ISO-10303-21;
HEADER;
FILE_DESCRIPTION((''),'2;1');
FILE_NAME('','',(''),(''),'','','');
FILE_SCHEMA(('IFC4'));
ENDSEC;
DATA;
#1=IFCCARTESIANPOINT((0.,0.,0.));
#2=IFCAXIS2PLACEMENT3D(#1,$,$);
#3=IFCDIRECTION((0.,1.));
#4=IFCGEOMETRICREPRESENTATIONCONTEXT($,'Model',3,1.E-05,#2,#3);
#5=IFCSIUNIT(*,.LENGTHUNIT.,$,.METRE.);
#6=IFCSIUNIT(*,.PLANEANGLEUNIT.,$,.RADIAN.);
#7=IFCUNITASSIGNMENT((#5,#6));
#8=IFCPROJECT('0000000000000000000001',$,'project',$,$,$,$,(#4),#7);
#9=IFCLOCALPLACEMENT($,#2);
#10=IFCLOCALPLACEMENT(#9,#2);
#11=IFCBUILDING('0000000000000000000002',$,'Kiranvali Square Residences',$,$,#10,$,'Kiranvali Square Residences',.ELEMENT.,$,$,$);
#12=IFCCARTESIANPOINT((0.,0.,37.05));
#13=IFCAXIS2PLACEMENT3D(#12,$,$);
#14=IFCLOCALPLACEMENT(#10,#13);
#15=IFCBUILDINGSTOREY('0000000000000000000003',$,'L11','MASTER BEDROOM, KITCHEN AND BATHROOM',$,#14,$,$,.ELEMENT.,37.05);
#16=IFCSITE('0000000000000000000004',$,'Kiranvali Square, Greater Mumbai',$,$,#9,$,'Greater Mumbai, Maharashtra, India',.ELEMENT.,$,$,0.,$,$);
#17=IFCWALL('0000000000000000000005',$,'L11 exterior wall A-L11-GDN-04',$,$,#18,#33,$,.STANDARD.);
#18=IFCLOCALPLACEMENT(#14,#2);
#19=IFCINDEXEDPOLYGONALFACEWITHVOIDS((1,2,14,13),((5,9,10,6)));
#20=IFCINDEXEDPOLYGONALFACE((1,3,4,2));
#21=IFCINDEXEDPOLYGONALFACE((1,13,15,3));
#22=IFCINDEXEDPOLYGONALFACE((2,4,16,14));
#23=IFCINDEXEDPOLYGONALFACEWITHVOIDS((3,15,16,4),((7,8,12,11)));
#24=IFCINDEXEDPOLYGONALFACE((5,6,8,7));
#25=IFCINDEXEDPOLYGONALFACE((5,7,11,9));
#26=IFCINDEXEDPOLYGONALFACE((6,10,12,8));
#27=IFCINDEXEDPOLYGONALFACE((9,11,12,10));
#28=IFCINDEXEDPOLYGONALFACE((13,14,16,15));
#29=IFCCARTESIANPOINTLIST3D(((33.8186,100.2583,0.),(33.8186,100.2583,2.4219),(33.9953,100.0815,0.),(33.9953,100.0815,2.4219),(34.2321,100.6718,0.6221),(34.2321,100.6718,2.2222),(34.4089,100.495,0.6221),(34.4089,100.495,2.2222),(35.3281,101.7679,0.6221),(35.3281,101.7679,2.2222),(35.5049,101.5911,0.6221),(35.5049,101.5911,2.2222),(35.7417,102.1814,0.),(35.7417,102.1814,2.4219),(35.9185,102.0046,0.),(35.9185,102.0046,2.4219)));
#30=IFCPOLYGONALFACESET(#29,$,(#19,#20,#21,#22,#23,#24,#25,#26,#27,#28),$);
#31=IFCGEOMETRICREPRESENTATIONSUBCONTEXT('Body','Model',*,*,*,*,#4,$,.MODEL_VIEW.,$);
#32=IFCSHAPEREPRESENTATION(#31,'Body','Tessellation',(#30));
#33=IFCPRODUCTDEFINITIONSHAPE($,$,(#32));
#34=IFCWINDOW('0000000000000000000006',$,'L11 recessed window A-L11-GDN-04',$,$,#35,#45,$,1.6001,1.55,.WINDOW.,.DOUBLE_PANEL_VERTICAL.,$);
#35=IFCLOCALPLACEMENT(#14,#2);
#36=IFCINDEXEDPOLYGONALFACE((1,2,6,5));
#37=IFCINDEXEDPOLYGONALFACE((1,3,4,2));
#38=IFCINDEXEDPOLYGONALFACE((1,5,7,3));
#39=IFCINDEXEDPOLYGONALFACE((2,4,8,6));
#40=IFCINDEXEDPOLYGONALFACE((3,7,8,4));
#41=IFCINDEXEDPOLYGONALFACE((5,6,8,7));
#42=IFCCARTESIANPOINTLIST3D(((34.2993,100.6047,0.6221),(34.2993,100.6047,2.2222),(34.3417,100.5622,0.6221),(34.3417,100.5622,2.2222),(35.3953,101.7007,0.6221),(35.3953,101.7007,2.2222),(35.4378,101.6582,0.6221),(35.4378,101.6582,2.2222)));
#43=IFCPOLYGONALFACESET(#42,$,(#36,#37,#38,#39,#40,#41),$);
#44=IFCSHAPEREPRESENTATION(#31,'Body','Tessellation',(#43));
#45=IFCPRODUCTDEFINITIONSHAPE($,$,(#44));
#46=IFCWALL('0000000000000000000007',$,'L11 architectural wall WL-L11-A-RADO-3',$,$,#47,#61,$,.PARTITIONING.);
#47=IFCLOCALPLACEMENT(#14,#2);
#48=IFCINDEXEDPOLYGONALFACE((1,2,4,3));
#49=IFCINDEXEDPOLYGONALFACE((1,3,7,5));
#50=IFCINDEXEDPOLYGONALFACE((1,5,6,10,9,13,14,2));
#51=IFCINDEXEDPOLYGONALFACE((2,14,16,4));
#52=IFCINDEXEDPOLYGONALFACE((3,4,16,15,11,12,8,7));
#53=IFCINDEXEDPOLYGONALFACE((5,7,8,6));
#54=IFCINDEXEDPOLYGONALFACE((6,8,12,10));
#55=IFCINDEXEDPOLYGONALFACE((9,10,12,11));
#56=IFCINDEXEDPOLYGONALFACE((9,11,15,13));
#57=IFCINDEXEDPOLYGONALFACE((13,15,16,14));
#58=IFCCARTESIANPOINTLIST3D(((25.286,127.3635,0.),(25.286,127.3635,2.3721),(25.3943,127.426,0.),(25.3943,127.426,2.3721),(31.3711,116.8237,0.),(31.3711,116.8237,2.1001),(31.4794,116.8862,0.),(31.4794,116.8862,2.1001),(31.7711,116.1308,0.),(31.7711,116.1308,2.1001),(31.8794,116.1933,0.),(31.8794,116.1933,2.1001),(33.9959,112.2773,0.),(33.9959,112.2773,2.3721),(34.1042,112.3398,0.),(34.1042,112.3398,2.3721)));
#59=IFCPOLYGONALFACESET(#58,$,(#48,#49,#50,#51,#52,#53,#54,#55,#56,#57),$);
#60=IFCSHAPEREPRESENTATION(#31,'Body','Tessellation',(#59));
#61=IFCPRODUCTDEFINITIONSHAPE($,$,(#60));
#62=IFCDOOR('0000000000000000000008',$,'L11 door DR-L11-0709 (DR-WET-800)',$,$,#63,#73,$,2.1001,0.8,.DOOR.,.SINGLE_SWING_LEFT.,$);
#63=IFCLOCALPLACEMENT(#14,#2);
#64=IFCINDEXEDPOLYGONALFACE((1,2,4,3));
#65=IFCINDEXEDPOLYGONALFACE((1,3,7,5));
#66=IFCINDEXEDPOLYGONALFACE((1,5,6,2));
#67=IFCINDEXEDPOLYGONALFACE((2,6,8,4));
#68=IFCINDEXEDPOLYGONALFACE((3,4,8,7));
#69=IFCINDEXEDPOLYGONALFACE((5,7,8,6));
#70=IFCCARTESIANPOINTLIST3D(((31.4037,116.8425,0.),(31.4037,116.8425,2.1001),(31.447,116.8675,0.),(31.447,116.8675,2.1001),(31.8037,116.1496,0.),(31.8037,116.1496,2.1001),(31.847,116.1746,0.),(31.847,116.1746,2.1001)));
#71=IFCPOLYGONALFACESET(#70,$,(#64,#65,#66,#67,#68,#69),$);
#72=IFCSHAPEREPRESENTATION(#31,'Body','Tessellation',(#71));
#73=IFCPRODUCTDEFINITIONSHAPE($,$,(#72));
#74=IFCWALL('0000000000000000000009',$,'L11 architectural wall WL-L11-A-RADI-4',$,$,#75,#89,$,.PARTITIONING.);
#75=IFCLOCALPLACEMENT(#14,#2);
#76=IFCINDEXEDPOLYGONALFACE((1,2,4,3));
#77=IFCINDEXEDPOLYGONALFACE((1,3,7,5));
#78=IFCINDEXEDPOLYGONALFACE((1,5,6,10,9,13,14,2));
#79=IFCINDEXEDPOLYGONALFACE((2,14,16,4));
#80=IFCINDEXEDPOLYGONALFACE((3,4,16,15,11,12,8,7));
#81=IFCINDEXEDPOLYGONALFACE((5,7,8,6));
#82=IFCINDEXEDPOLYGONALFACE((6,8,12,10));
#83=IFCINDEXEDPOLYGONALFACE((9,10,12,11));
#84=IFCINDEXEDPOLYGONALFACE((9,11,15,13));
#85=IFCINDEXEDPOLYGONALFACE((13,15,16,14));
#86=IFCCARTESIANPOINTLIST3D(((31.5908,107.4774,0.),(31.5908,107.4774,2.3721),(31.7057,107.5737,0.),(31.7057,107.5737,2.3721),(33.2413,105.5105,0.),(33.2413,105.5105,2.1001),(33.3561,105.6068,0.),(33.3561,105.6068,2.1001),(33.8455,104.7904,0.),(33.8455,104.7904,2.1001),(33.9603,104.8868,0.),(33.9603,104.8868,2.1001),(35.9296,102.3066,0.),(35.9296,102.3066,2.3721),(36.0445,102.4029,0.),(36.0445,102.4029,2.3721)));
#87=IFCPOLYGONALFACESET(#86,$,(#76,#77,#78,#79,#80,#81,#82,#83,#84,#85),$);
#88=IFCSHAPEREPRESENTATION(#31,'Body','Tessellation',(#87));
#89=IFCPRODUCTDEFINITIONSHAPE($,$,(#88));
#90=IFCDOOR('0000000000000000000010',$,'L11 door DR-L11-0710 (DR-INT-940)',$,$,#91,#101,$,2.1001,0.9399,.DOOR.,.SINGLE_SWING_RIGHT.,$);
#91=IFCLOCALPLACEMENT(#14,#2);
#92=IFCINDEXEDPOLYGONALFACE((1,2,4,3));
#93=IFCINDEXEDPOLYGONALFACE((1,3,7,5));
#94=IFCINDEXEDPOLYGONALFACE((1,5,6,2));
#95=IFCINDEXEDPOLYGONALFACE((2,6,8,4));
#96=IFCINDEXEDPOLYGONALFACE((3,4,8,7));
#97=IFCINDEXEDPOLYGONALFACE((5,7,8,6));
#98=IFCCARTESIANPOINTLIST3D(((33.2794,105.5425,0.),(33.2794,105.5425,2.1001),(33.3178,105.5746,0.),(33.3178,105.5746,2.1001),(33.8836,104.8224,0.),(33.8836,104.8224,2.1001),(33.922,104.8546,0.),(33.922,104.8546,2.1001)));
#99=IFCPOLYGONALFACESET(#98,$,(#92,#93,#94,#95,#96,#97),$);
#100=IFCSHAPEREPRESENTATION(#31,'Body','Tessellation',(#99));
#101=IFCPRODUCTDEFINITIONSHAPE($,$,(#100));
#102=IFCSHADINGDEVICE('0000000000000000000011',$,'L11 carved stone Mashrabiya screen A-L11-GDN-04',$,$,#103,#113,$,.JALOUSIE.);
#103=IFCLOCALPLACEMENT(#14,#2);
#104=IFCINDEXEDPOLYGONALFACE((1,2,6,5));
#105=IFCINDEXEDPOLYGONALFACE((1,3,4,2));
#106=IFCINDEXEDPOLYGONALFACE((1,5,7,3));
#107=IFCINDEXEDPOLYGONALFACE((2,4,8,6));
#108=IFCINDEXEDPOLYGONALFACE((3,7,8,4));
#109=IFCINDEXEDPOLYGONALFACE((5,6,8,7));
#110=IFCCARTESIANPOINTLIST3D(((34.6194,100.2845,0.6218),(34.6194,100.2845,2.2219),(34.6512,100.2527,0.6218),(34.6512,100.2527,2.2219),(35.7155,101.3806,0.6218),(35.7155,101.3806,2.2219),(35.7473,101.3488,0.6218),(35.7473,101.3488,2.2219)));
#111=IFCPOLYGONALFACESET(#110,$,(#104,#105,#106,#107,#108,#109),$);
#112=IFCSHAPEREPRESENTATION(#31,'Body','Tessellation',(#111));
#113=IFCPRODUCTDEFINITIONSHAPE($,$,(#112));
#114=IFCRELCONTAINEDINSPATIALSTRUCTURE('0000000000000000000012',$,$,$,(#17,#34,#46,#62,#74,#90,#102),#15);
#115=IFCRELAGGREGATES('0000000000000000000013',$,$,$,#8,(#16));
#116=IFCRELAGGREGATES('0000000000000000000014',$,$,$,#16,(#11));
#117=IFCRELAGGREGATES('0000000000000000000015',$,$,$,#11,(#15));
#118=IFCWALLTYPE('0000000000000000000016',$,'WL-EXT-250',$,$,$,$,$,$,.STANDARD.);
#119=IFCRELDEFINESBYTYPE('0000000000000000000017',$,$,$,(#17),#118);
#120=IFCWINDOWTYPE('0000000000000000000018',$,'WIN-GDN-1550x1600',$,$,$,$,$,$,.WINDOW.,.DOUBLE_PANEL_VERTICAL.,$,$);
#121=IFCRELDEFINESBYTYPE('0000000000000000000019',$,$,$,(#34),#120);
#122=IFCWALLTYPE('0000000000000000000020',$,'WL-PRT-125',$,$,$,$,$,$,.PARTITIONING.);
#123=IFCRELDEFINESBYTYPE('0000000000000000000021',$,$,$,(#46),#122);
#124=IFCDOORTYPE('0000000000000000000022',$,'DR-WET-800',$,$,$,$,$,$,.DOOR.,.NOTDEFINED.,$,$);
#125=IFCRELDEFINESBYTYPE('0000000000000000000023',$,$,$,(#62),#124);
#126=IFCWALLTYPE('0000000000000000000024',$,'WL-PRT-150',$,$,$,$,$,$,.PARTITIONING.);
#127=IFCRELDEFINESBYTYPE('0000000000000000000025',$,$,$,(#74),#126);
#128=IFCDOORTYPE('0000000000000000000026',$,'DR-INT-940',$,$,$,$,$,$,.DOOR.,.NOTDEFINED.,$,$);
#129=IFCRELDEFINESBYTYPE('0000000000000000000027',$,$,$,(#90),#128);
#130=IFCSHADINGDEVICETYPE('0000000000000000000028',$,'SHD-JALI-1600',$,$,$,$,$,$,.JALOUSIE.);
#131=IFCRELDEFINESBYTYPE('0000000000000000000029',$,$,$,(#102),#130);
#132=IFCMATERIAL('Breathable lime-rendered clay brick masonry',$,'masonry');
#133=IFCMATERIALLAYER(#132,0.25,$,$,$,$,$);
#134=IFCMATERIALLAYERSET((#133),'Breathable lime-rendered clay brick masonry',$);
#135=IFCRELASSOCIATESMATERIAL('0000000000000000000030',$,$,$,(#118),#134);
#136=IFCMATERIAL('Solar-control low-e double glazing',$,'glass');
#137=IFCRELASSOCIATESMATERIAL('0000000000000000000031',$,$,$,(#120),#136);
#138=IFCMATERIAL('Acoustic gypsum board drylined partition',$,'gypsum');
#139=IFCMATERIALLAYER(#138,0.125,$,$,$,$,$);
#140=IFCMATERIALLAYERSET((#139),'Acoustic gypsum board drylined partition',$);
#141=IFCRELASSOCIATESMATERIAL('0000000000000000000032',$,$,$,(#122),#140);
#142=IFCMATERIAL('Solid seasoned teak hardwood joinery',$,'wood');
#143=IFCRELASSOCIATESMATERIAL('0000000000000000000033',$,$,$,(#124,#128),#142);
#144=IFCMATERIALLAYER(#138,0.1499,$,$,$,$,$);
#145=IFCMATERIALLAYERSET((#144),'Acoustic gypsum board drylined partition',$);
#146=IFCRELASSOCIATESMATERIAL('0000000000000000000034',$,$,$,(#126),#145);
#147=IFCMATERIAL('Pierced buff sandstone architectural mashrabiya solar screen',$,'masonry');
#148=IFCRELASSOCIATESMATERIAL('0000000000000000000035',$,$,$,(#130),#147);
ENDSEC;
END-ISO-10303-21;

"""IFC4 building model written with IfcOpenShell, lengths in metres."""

from ifc_helpers import new_model, si_unit, direction, frame, frame_2d, origin, origin_2d, place, context, subcontext, project, spatial, rectangle, extrude, material, layer, layer_set, type_object, element, fill, save


model = new_model("IFC4")

# Units and contexts
model_context = context("Model", 3, precision=1e-05, world=origin(), true_north=direction((0.0, 1.0)))
body_context = subcontext(model_context, "Body", "Model", "MODEL_VIEW")
ifc_project = project(units=[si_unit("LENGTHUNIT", "METRE"), si_unit("PLANEANGLEUNIT", "RADIAN")], contexts=[model_context])

# Site, building, storey
site_placement = place(None, origin())
site = spatial("IfcSite", under=ifc_project, at=site_placement, Name="Kiranvali Square, Greater Mumbai", LongName="Greater Mumbai, Maharashtra, India", CompositionType="ELEMENT", RefElevation=0.0)
building_placement = place(site_placement, origin())
building = spatial("IfcBuilding", under=site, at=building_placement, Name="Kiranvali Square Residences", LongName="Kiranvali Square Residences", CompositionType="ELEMENT")
storey_placement = place(building_placement, frame((0.0, 0.0, 37.05)))
storey = spatial("IfcBuildingStorey", under=building, at=storey_placement, Name="L11", Description="MASTER BEDROOM, KITCHEN AND BATHROOM", CompositionType="ELEMENT", Elevation=37.05)

# Wall, opening, window
ifc_material_1 = material(Name="Breathable lime-rendered clay brick masonry", Category="masonry")
ifc_layer_1 = layer(ifc_material_1, 0.25)
ifc_layer_set_1 = layer_set([ifc_layer_1], Name="Breathable lime-rendered clay brick masonry")
wall_type_1 = type_object("IfcWallType", Name="WL-EXT-250", PredefinedType="STANDARD", material=ifc_layer_set_1)
wall_1_placement = place(storey_placement, frame((35.8301, 102.093, 0.0), z_axis=(0.0, 0.0, 1.0), x_axis=(-0.707107, -0.707107, 0.0)))
wall_1 = element("IfcWall", 1, at=wall_1_placement, inside=storey, type_object=wall_type_1, Name="L11 exterior wall A-L11-GDN-04", PredefinedType="STANDARD", context=body_context, shape_type="SweptSolid", body=[
    extrude(rectangle(XDim=2.7197, YDim=0.25, at=frame_2d((1.3599, 0.0))), origin(), (0.0, 0.0, 1.0), 2.4219),
])
opening_1_placement = place(wall_1_placement, frame((0.585, 0.0, 0.6221)))
opening_1 = element("IfcOpeningElement", 2, at=opening_1_placement, cuts=wall_1, PredefinedType="OPENING", context=body_context, shape_type="SweptSolid", body=[
    extrude(rectangle(XDim=1.55, YDim=1.6001, at=frame_2d((0.7749, 0.8))), frame((0.0, 0.135, 0.0), z_axis=(0.0, -1.0, 0.0), x_axis=(1.0, 0.0, 0.0)), (0.0, 0.0, 1.0), 0.27),
])
ifc_material_2 = material(Name="Solar-control low-e double glazing", Category="glass")
window_type = type_object("IfcWindowType", Name="WIN-GDN-1550x1600", PartitioningType="DOUBLE_PANEL_VERTICAL", PredefinedType="WINDOW", material=ifc_material_2)
window_placement = place(opening_1_placement, origin())
window = element("IfcWindow", 3, at=window_placement, inside=storey, type_object=window_type, Name="L11 recessed window A-L11-GDN-04", OverallHeight=1.6001, OverallWidth=1.55, PartitioningType="DOUBLE_PANEL_VERTICAL", PredefinedType="WINDOW", context=body_context, shape_type="SweptSolid", body=[
    extrude(rectangle(XDim=1.55, YDim=1.6001, at=frame_2d((0.7749, 0.8))), frame((0.0, 0.03, 0.0), z_axis=(0.0, -1.0, 0.0), x_axis=(1.0, 0.0, 0.0)), (0.0, 0.0, 1.0), 0.0601),
])
fill(opening_1, window)

# Walls, openings, doors
ifc_material_3 = material(Name="Acoustic gypsum board drylined partition", Category="gypsum")
ifc_layer_2 = layer(ifc_material_3, 0.125)
ifc_layer_set_2 = layer_set([ifc_layer_2], Name="Acoustic gypsum board drylined partition")
wall_type_2 = type_object("IfcWallType", Name="WL-PRT-125", PredefinedType="PARTITIONING", material=ifc_layer_set_2)
wall_2_placement = place(storey_placement, frame((34.05, 112.3086, 0.0), z_axis=(0.0, 0.0, 1.0), x_axis=(-0.499998, 0.866027, 0.0)))
wall_2 = element("IfcWall", 4, at=wall_2_placement, inside=storey, type_object=wall_type_2, Name="L11 architectural wall WL-L11-A-RADO-3", PredefinedType="PARTITIONING", context=body_context, shape_type="SweptSolid", body=[
    extrude(rectangle(XDim=17.4199, YDim=0.125, at=frame_2d((8.71, 0.0))), origin(), (0.0, 0.0, 1.0), 2.3721),
])
opening_2_placement = place(wall_2_placement, frame((4.4497, 0.0, 0.0)))
opening_2 = element("IfcOpeningElement", 5, at=opening_2_placement, cuts=wall_2, PredefinedType="OPENING", context=body_context, shape_type="SweptSolid", body=[
    extrude(rectangle(XDim=0.8, YDim=2.1001, at=frame_2d((0.3999, 1.05))), frame((0.0, 0.0725, 0.0), z_axis=(0.0, -1.0, 0.0), x_axis=(1.0, 0.0, 0.0)), (0.0, 0.0, 1.0), 0.145),
])
ifc_material_4 = material(Name="Solid seasoned teak hardwood joinery", Category="wood")
door_type_1 = type_object("IfcDoorType", Name="DR-WET-800", OperationType="NOTDEFINED", PredefinedType="DOOR", material=ifc_material_4)
door_1_placement = place(opening_2_placement, origin())
door_1 = element("IfcDoor", 6, at=door_1_placement, inside=storey, type_object=door_type_1, Name="L11 door DR-L11-0709 (DR-WET-800)", OperationType="SINGLE_SWING_LEFT", OverallHeight=2.1001, OverallWidth=0.8, PredefinedType="DOOR", context=body_context, shape_type="SweptSolid", body=[
    extrude(rectangle(XDim=0.8, YDim=2.1001, at=frame_2d((0.3999, 1.05))), frame((0.0, 0.0249, 0.0), z_axis=(0.0, -1.0, 0.0), x_axis=(1.0, 0.0, 0.0)), (0.0, 0.0, 1.0), 0.05),
])
fill(opening_2, door_1)
ifc_layer_3 = layer(ifc_material_3, 0.1499)
ifc_layer_set_3 = layer_set([ifc_layer_3], Name="Acoustic gypsum board drylined partition")
wall_type_3 = type_object("IfcWallType", Name="WL-PRT-150", PredefinedType="PARTITIONING", material=ifc_layer_set_3)
wall_3_placement = place(storey_placement, frame((35.9871, 102.3547, 0.0), z_axis=(0.0, 0.0, 1.0), x_axis=(-0.642785, 0.766047, 0.0)))
wall_3 = element("IfcWall", 7, at=wall_3_placement, inside=storey, type_object=wall_type_3, Name="L11 architectural wall WL-L11-A-RADI-4", PredefinedType="PARTITIONING", context=body_context, shape_type="SweptSolid", body=[
    extrude(rectangle(XDim=6.75, YDim=0.1499, at=frame_2d((3.375, 0.0))), origin(), (0.0, 0.0, 1.0), 2.3721),
])
opening_3_placement = place(wall_3_placement, frame((3.2424, 0.0, 0.0)))
opening_3 = element("IfcOpeningElement", 8, at=opening_3_placement, cuts=wall_3, PredefinedType="OPENING", context=body_context, shape_type="SweptSolid", body=[
    extrude(rectangle(XDim=0.9399, YDim=2.1001, at=frame_2d((0.47, 1.05))), frame((0.0, 0.085, 0.0), z_axis=(0.0, -1.0, 0.0), x_axis=(1.0, 0.0, 0.0)), (0.0, 0.0, 1.0), 0.1699),
])
door_type_2 = type_object("IfcDoorType", Name="DR-INT-940", OperationType="NOTDEFINED", PredefinedType="DOOR", material=ifc_material_4)
door_2_placement = place(opening_3_placement, frame((0.9399, 0.0, 0.0), z_axis=(0.0, 0.0, 1.0), x_axis=(-1.0, 0.0, 0.0)))
door_2 = element("IfcDoor", 9, at=door_2_placement, inside=storey, type_object=door_type_2, Name="L11 door DR-L11-0710 (DR-INT-940)", OperationType="SINGLE_SWING_RIGHT", OverallHeight=2.1001, OverallWidth=0.9399, PredefinedType="DOOR", context=body_context, shape_type="SweptSolid", body=[
    extrude(rectangle(XDim=0.9399, YDim=2.1001, at=frame_2d((0.47, 1.05))), frame((0.0, 0.0249, 0.0), z_axis=(0.0, -1.0, 0.0), x_axis=(1.0, 0.0, 0.0)), (0.0, 0.0, 1.0), 0.05),
])
fill(opening_3, door_2)

# Shading device
ifc_material_5 = material(Name="Pierced buff sandstone architectural mashrabiya solar screen", Category="masonry")
shading_device_type = type_object("IfcShadingDeviceType", Name="SHD-JALI-1600", PredefinedType="JALOUSIE", material=ifc_material_5)
shading_device_placement = place(storey_placement, frame((35.1833, 100.8167, 0.6218), z_axis=(0.0, 0.0, 1.0), x_axis=(-0.707107, -0.707107, 0.0)))
element("IfcShadingDevice", 10, at=shading_device_placement, inside=storey, type_object=shading_device_type, Name="L11 carved stone Mashrabiya screen A-L11-GDN-04", PredefinedType="JALOUSIE", context=body_context, shape_type="SweptSolid", body=[
    extrude(rectangle(XDim=1.55, YDim=0.0449, at=origin_2d()), origin(), (0.0, 0.0, 1.0), 1.6001),
])

save(model, "model.ifc")
